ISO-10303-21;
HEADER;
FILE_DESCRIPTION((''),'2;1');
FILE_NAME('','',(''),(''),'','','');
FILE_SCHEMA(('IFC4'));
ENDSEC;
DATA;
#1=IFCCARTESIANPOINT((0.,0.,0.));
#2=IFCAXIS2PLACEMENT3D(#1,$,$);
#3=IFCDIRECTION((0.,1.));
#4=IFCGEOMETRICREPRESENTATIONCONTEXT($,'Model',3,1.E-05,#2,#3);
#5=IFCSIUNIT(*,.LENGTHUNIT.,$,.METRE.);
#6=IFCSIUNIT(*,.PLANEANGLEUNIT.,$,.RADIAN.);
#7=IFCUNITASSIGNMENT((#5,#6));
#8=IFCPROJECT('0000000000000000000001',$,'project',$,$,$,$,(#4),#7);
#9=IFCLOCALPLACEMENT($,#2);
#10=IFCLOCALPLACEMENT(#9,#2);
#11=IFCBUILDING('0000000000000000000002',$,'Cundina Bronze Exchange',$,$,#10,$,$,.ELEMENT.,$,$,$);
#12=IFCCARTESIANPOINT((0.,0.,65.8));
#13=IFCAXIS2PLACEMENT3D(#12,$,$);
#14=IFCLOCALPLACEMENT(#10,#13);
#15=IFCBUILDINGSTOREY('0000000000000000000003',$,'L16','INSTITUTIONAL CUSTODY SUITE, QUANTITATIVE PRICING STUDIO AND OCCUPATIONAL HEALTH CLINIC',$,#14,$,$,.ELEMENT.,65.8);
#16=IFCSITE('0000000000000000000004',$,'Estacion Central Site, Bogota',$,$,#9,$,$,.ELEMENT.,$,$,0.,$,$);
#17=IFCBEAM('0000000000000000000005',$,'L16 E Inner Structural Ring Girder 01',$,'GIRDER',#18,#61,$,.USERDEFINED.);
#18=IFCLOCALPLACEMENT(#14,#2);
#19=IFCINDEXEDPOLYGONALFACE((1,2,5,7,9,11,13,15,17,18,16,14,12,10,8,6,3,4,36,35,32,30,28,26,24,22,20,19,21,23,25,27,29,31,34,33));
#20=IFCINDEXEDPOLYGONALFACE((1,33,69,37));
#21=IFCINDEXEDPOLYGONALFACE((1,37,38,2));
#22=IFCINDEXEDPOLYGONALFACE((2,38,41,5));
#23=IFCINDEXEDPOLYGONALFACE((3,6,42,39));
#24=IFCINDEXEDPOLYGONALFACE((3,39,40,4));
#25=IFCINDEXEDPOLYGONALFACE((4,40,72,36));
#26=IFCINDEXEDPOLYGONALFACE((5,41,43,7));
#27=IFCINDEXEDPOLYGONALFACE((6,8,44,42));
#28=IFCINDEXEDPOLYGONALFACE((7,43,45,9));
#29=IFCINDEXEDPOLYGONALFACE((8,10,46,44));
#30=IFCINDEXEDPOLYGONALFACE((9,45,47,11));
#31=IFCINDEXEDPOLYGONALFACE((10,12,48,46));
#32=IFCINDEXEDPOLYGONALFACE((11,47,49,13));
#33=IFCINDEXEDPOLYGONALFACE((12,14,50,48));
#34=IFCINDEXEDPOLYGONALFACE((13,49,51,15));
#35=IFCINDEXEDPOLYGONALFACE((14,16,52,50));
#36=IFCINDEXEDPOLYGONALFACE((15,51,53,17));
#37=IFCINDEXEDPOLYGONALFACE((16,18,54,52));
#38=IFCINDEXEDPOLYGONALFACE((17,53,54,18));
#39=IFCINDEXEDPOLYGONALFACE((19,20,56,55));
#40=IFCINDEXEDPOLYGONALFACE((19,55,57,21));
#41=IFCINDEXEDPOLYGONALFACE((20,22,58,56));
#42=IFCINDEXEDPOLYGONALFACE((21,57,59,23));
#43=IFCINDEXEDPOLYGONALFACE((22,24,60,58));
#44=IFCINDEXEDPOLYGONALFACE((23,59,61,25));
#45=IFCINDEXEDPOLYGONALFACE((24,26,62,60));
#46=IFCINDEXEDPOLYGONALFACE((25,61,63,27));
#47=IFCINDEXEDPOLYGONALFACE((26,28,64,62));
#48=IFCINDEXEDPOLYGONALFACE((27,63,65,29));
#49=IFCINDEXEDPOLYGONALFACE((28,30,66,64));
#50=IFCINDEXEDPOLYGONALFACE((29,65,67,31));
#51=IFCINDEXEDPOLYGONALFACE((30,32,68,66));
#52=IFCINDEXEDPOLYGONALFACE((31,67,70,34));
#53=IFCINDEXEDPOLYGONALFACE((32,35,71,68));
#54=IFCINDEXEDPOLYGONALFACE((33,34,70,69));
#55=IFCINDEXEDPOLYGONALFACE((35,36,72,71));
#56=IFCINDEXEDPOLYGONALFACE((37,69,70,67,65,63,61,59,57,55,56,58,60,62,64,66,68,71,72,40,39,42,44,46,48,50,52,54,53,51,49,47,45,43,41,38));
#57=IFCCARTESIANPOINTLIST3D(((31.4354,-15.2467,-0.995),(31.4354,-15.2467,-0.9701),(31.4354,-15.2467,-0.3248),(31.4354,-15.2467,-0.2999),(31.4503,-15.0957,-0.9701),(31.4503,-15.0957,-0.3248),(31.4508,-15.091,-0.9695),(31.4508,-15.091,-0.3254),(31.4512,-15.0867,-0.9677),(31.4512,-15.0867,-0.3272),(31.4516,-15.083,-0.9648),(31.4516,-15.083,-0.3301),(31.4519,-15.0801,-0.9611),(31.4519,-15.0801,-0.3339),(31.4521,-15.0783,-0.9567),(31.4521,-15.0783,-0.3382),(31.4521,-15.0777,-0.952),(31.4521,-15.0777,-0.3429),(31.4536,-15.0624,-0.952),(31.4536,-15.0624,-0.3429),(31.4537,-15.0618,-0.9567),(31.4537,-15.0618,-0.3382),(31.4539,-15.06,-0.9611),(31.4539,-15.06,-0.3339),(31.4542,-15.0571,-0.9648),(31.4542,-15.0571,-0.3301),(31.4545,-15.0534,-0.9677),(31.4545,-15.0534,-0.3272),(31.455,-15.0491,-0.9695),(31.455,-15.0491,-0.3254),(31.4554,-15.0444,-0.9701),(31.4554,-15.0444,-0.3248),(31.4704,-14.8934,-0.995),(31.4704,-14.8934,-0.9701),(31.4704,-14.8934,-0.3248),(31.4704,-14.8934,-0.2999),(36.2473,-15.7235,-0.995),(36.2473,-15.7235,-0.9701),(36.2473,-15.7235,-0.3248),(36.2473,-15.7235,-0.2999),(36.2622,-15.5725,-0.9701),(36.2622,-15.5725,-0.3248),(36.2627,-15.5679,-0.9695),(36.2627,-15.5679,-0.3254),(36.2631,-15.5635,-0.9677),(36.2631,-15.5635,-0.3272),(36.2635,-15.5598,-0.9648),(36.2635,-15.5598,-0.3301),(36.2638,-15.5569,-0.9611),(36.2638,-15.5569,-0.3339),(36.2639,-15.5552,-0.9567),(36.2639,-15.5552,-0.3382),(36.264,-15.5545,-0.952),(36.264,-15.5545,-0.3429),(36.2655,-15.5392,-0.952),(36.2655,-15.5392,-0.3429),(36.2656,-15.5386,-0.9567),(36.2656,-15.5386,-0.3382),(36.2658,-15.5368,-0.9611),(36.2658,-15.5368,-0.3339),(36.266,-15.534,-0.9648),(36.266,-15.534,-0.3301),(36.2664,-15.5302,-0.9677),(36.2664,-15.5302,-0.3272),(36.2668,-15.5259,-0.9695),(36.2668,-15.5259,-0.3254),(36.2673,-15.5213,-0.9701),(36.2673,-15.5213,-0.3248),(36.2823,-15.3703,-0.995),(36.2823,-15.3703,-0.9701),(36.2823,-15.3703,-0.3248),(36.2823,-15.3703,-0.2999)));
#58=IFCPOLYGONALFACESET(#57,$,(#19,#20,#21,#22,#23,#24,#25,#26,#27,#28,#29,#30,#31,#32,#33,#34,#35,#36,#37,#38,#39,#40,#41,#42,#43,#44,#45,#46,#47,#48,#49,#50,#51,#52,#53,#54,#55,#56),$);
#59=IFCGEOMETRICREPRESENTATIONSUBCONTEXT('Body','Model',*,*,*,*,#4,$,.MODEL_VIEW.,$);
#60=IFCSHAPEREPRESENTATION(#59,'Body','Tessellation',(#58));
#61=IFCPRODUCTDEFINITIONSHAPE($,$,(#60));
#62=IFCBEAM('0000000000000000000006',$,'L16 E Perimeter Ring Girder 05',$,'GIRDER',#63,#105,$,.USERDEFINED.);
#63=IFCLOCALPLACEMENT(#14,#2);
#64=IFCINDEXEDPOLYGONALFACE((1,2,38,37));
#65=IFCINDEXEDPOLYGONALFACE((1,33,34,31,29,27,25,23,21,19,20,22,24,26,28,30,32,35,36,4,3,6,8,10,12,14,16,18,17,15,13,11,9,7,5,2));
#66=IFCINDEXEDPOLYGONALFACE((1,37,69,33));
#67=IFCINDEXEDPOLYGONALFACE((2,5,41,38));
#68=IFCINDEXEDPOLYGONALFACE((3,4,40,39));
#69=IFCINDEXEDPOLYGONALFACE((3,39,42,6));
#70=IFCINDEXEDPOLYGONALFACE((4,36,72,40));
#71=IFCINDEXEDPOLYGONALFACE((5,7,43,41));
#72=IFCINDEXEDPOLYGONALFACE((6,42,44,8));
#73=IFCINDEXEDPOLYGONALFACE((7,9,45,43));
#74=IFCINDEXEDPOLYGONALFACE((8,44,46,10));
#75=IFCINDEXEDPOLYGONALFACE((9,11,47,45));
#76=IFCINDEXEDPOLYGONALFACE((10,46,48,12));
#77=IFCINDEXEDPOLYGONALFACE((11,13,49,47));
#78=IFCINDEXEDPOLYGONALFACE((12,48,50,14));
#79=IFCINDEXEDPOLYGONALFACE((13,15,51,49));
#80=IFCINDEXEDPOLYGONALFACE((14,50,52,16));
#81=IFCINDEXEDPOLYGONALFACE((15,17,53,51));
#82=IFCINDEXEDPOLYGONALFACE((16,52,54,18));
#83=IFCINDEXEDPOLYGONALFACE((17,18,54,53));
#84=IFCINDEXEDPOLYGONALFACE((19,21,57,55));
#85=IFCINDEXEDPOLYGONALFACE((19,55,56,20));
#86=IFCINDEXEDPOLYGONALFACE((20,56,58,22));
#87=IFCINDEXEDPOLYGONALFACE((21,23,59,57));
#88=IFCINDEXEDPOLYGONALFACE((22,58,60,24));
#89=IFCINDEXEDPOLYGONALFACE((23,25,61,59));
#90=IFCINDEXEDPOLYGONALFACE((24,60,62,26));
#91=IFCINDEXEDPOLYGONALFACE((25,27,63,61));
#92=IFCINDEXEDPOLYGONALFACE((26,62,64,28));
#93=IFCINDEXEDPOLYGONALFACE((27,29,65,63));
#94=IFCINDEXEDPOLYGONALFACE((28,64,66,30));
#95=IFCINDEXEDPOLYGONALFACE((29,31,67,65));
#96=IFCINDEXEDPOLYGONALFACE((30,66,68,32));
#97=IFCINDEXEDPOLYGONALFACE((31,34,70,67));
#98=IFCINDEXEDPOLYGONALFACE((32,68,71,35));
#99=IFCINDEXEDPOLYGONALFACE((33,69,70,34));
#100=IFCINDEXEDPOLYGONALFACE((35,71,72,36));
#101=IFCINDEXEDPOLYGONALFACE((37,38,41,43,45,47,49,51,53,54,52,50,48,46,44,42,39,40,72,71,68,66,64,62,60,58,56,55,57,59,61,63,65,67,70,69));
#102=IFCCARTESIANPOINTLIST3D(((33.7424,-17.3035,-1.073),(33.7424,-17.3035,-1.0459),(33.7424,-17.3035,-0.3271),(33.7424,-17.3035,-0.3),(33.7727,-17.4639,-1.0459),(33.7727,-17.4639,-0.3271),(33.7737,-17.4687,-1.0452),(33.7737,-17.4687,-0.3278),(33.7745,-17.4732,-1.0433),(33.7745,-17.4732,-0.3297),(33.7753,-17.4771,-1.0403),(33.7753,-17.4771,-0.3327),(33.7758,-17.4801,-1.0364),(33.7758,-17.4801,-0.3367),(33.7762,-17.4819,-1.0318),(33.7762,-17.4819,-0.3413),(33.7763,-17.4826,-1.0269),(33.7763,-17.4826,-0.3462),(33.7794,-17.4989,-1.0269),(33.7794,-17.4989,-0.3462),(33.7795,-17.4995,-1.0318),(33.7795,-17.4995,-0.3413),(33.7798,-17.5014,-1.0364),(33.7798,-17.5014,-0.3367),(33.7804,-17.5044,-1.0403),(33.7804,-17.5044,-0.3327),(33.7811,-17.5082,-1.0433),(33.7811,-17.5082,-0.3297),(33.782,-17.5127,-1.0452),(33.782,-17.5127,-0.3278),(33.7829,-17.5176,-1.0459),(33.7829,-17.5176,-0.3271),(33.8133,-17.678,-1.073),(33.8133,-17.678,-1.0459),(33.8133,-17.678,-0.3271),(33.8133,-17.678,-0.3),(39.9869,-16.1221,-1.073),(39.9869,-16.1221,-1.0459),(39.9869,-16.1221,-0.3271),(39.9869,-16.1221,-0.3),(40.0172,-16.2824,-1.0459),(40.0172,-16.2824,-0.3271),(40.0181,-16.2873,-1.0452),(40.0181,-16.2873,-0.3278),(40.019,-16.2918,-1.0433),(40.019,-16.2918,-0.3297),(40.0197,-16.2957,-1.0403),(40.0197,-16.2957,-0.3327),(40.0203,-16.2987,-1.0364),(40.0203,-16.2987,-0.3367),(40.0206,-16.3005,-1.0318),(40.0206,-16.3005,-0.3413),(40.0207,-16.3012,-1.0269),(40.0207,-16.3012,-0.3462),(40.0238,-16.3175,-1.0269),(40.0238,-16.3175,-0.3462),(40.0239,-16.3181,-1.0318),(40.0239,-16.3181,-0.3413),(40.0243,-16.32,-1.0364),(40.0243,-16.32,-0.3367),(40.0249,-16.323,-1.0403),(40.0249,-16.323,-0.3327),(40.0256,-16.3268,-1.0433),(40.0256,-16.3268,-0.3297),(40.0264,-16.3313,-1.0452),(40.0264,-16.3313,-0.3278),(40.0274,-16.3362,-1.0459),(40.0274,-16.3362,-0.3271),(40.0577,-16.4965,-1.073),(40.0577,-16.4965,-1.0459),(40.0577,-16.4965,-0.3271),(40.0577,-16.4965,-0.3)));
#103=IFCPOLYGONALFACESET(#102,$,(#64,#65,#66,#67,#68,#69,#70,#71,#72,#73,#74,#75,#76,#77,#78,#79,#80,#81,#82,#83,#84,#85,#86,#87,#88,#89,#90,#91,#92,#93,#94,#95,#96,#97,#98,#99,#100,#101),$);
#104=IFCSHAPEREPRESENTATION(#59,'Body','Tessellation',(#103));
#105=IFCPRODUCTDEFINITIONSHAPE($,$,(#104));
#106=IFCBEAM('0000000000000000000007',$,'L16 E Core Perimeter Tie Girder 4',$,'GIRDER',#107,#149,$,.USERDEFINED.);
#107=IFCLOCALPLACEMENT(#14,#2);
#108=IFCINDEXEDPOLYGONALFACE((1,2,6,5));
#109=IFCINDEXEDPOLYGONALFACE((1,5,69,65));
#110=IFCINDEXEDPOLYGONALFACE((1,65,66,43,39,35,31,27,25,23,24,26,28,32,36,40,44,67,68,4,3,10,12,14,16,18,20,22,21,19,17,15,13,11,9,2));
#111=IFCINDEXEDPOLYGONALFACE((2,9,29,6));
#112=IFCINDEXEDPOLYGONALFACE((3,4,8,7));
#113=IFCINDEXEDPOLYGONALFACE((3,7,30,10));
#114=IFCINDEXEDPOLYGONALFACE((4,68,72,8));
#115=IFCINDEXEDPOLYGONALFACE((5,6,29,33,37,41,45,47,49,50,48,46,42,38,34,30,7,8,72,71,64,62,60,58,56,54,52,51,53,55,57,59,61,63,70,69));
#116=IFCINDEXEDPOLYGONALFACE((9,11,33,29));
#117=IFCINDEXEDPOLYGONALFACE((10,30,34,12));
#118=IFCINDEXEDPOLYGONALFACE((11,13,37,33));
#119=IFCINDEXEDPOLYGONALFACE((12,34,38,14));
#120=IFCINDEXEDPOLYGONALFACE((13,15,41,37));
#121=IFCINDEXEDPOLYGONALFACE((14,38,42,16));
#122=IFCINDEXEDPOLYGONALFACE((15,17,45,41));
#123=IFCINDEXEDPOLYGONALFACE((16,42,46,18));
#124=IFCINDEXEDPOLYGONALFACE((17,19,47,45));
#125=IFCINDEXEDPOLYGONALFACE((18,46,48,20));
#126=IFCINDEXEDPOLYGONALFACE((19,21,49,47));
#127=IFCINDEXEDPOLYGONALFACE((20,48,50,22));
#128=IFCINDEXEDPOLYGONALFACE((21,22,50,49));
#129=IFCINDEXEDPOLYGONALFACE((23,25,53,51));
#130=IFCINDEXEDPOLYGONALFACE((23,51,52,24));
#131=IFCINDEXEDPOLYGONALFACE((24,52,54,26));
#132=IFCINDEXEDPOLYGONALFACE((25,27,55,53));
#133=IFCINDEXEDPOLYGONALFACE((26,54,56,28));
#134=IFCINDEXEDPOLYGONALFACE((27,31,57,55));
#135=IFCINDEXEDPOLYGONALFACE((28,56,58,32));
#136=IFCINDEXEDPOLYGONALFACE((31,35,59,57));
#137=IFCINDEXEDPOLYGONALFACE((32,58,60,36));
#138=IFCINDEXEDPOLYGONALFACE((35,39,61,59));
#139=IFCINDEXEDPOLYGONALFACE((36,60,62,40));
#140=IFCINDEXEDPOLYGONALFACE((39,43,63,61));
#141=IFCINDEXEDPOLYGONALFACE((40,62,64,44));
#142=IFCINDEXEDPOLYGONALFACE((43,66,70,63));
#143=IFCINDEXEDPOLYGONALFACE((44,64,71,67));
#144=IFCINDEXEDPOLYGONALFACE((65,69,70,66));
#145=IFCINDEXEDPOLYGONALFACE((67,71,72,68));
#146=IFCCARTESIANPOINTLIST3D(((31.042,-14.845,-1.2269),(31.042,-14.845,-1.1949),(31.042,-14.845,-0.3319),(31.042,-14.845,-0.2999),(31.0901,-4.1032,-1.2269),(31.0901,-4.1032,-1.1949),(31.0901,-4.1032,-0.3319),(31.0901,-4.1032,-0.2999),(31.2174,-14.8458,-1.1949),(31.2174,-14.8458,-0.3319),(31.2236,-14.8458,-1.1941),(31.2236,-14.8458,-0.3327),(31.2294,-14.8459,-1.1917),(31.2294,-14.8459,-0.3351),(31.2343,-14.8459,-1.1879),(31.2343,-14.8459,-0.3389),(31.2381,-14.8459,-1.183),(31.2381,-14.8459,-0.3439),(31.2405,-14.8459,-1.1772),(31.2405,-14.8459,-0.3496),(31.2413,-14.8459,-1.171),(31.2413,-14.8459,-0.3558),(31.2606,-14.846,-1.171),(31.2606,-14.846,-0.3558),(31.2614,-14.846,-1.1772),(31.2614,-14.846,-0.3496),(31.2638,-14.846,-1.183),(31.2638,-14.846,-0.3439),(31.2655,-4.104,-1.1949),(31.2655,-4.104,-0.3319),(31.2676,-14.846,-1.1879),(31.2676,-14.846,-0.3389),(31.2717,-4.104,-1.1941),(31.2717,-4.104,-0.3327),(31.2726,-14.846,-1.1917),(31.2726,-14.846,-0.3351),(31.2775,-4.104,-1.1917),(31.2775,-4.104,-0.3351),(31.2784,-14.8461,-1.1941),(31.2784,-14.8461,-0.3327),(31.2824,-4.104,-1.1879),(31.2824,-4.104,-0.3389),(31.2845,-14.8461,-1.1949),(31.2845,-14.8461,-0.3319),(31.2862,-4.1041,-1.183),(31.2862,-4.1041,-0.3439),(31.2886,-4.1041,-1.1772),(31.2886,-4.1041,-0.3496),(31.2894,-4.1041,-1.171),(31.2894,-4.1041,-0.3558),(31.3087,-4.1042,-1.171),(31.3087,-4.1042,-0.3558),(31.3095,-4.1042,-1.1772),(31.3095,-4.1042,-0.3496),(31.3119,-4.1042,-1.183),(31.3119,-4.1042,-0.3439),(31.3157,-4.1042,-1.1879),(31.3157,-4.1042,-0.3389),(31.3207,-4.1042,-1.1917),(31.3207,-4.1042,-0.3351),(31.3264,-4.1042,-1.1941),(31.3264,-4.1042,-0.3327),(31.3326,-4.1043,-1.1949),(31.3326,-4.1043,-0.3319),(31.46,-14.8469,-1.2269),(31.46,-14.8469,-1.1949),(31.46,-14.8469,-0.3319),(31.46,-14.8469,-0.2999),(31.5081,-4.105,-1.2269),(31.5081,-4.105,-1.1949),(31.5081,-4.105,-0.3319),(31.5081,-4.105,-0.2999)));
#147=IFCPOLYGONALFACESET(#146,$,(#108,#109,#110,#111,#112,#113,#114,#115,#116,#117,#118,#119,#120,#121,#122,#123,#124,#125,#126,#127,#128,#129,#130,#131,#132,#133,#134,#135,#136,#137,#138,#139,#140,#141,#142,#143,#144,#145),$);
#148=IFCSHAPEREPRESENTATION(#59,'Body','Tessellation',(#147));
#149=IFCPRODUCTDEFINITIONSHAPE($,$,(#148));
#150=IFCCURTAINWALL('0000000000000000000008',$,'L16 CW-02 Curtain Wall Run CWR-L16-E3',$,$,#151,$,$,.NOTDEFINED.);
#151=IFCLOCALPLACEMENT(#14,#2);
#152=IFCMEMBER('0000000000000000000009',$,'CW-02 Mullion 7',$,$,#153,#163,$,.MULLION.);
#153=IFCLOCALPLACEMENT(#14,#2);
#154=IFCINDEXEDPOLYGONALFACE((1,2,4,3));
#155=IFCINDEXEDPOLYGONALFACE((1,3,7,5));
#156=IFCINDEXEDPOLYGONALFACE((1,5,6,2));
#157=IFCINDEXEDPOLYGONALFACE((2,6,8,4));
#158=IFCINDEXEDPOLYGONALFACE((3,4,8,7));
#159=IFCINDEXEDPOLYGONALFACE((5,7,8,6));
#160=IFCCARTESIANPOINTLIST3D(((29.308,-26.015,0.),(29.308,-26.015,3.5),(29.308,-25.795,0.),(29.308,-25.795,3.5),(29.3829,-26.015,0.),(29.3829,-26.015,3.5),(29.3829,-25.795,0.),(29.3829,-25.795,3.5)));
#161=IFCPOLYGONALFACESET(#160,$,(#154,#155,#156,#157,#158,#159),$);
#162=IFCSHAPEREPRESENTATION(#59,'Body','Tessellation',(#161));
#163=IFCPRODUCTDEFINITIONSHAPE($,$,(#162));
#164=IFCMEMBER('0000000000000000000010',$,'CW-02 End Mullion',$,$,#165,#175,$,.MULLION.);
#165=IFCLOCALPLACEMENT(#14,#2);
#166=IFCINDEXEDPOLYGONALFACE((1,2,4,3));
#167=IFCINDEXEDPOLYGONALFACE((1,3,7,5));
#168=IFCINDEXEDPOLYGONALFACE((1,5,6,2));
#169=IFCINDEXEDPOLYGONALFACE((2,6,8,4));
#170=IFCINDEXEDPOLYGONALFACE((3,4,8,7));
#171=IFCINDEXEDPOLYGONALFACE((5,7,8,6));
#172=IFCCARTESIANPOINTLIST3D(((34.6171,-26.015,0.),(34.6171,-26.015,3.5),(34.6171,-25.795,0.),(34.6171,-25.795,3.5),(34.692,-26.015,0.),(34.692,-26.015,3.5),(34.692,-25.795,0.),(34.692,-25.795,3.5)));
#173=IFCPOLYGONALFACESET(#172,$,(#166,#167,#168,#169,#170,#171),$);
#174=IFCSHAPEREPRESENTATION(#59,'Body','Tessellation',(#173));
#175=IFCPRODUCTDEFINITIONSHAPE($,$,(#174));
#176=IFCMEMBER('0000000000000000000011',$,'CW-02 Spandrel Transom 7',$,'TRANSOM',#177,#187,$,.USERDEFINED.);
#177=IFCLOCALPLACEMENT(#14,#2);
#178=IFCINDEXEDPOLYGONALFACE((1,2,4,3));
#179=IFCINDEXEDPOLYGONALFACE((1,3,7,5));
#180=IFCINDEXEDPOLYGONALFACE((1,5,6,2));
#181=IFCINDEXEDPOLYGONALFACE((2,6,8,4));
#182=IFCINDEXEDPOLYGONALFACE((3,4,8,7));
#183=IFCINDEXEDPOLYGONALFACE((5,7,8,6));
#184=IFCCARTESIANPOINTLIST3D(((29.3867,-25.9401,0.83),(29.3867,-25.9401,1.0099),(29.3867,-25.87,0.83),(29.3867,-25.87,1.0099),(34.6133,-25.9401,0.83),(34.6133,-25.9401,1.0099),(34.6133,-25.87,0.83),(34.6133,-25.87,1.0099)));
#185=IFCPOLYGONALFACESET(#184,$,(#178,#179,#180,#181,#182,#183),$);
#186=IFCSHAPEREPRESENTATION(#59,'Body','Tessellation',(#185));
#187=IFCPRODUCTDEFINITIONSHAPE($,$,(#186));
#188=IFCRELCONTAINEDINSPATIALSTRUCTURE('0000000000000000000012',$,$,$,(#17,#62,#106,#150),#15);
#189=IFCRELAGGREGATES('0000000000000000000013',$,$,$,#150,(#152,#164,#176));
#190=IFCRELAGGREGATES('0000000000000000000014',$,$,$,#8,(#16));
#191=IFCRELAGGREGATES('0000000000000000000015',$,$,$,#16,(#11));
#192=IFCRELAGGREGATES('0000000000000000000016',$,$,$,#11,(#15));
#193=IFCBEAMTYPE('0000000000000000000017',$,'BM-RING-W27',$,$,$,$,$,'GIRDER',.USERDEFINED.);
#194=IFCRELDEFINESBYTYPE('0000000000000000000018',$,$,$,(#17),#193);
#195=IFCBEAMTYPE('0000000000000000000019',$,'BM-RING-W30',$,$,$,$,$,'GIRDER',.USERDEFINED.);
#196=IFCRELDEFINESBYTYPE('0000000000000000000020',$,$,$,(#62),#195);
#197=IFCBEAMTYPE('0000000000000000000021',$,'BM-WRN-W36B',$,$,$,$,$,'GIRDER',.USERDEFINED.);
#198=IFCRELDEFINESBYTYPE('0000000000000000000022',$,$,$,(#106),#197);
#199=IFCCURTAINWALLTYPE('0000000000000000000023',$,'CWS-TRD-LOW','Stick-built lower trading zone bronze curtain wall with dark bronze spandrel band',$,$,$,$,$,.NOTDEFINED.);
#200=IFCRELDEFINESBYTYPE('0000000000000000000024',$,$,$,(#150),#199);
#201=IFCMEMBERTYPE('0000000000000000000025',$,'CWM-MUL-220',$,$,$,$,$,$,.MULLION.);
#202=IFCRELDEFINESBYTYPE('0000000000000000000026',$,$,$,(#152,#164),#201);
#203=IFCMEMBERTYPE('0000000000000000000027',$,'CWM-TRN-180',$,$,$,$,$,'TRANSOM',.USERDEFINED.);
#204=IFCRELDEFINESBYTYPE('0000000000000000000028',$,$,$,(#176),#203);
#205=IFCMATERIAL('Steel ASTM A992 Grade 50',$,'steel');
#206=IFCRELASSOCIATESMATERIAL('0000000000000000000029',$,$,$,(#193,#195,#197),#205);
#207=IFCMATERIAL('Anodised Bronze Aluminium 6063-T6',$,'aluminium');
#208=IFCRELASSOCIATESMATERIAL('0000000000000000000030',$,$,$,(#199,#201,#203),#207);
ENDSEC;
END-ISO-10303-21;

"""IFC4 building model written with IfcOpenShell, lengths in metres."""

from ifc_helpers import new_model, si_unit, direction, frame, origin, origin_2d, place, context, subcontext, project, spatial, rectangle, i_section, extrude, material, material_profile, profile_set, type_object, element, aggregate, save


model = new_model("IFC4")

# Units and contexts
model_context = context("Model", 3, precision=1e-05, world=origin(), true_north=direction((0.0, 1.0)))
body_context = subcontext(model_context, "Body", "Model", "MODEL_VIEW")
ifc_project = project(units=[si_unit("LENGTHUNIT", "METRE"), si_unit("PLANEANGLEUNIT", "RADIAN")], contexts=[model_context])

# Site, building, storey
site_placement = place(None, origin())
site = spatial("IfcSite", under=ifc_project, at=site_placement, Name="Estacion Central Site, Bogota", CompositionType="ELEMENT", RefElevation=0.0)
building_placement = place(site_placement, origin())
building = spatial("IfcBuilding", under=site, at=building_placement, Name="Cundina Bronze Exchange", CompositionType="ELEMENT")
storey_placement = place(building_placement, frame((0.0, 0.0, 65.8)))
storey = spatial("IfcBuildingStorey", under=building, at=storey_placement, Name="L16", Description="INSTITUTIONAL CUSTODY SUITE, QUANTITATIVE PRICING STUDIO AND OCCUPATIONAL HEALTH CLINIC", CompositionType="ELEMENT", Elevation=65.8)

# Shared definitions
ifc_material_1 = material(Name="Steel ASTM A992 Grade 50", Category="steel")

# Beams
ifc_material_profile_1 = material_profile(ifc_material_1, i_section(OverallWidth=0.355, OverallDepth=0.6951, WebThickness=0.0154, FlangeThickness=0.0249, FilletRadius=0.0181, at=origin_2d()), Name="W27X146", Category="steel")
ifc_profile_set_1 = profile_set([ifc_material_profile_1], Name="Steel ASTM A992 Grade 50")
beam_type_1 = type_object("IfcBeamType", Name="BM-RING-W27", ElementType="GIRDER", PredefinedType="USERDEFINED", material=ifc_profile_set_1)
beam_1_placement = place(storey_placement, frame((31.4529, -15.0701, -0.6475), z_axis=(0.995126, -0.098609, 0.0), x_axis=(0.098609, 0.995126, 0.0)))
element("IfcBeam", 1, at=beam_1_placement, inside=storey, type_object=beam_type_1, Name="L16 E Inner Structural Ring Girder 01", ObjectType="GIRDER", PredefinedType="USERDEFINED", context=body_context, shape_type="SweptSolid", body=[
    extrude(i_section(OverallWidth=0.355, OverallDepth=0.6951, WebThickness=0.0154, FlangeThickness=0.0249, FilletRadius=0.0181, at=origin_2d()), origin(), (0.0, 0.0, 1.0), 4.8354),
])
ifc_material_profile_2 = material_profile(ifc_material_1, i_section(OverallWidth=0.3811, OverallDepth=0.7729, WebThickness=0.0166, FlangeThickness=0.0271, FilletRadius=0.019, at=origin_2d()), Name="W30X173", Category="steel")
ifc_profile_set_2 = profile_set([ifc_material_profile_2], Name="Steel ASTM A992 Grade 50")
beam_type_2 = type_object("IfcBeamType", Name="BM-RING-W30", ElementType="GIRDER", PredefinedType="USERDEFINED", material=ifc_profile_set_2)
beam_2_placement = place(storey_placement, frame((33.7778, -17.4907, -0.6865), z_axis=(0.982569, 0.185896, 0.0), x_axis=(-0.185896, 0.982569, 0.0)))
element("IfcBeam", 2, at=beam_2_placement, inside=storey, type_object=beam_type_2, Name="L16 E Perimeter Ring Girder 05", ObjectType="GIRDER", PredefinedType="USERDEFINED", context=body_context, shape_type="SweptSolid", body=[
    extrude(i_section(OverallWidth=0.3811, OverallDepth=0.7729, WebThickness=0.0166, FlangeThickness=0.0271, FilletRadius=0.019, at=origin_2d()), origin(), (0.0, 0.0, 1.0), 6.3552),
])
ifc_material_profile_3 = material_profile(ifc_material_1, i_section(OverallWidth=0.418, OverallDepth=0.927, WebThickness=0.0193, FlangeThickness=0.032, FilletRadius=0.0239, at=origin_2d()), Name="W36X231", Category="steel")
ifc_profile_set_3 = profile_set([ifc_material_profile_3], Name="Steel ASTM A992 Grade 50")
beam_type_3 = type_object("IfcBeamType", Name="BM-WRN-W36B", ElementType="GIRDER", PredefinedType="USERDEFINED", material=ifc_profile_set_3)
beam_3_placement = place(storey_placement, frame((31.251, -14.8459, -0.7634), z_axis=(0.004477, 0.99999, 0.0), x_axis=(-0.99999, 0.004477, 0.0)))
element("IfcBeam", 3, at=beam_3_placement, inside=storey, type_object=beam_type_3, Name="L16 E Core Perimeter Tie Girder 4", ObjectType="GIRDER", PredefinedType="USERDEFINED", context=body_context, shape_type="SweptSolid", body=[
    extrude(i_section(OverallWidth=0.418, OverallDepth=0.927, WebThickness=0.0193, FlangeThickness=0.032, FilletRadius=0.0239, at=origin_2d()), origin(), (0.0, 0.0, 1.0), 10.7419),
])

# Curtain wall, members
ifc_material_2 = material(Name="Anodised Bronze Aluminium 6063-T6", Category="aluminium")
curtain_wall_type = type_object("IfcCurtainWallType", Name="CWS-TRD-LOW", Description="Stick-built lower trading zone bronze curtain wall with dark bronze spandrel band", PredefinedType="NOTDEFINED", material=ifc_material_2)
curtain_wall_placement = place(storey_placement, origin())
curtain_wall = element("IfcCurtainWall", 4, at=curtain_wall_placement, inside=storey, type_object=curtain_wall_type, Name="L16 CW-02 Curtain Wall Run CWR-L16-E3", PredefinedType="NOTDEFINED")
ifc_material_profile_4 = material_profile(ifc_material_2, rectangle(XDim=0.075, YDim=0.22, at=origin_2d()), Name="AL75X220", Category="aluminium")
ifc_profile_set_4 = profile_set([ifc_material_profile_4], Name="Anodised Bronze Aluminium 6063-T6")
member_type_1 = type_object("IfcMemberType", Name="CWM-MUL-220", PredefinedType="MULLION", material=ifc_profile_set_4)
member_1_placement = place(storey_placement, frame((29.3455, -25.905, 0.0), z_axis=(0.0, 0.0, 1.0), x_axis=(1.0, 0.0, 0.0)))
member_1 = element("IfcMember", 5, at=member_1_placement, type_object=member_type_1, Name="CW-02 Mullion 7", PredefinedType="MULLION", context=body_context, shape_type="SweptSolid", body=[
    extrude(rectangle(XDim=0.075, YDim=0.22, at=origin_2d()), origin(), (0.0, 0.0, 1.0), 3.5),
])
member_2_placement = place(storey_placement, frame((34.6545, -25.905, 0.0), z_axis=(0.0, 0.0, 1.0), x_axis=(1.0, 0.0, 0.0)))
member_2 = element("IfcMember", 6, at=member_2_placement, type_object=member_type_1, Name="CW-02 End Mullion", PredefinedType="MULLION", context=body_context, shape_type="SweptSolid", body=[
    extrude(rectangle(XDim=0.075, YDim=0.22, at=origin_2d()), origin(), (0.0, 0.0, 1.0), 3.5),
])
ifc_material_profile_5 = material_profile(ifc_material_2, rectangle(XDim=0.0701, YDim=0.1799, at=origin_2d()), Name="AL70X180", Category="aluminium")
ifc_profile_set_5 = profile_set([ifc_material_profile_5], Name="Anodised Bronze Aluminium 6063-T6")
member_type_2 = type_object("IfcMemberType", Name="CWM-TRN-180", ElementType="TRANSOM", PredefinedType="USERDEFINED", material=ifc_profile_set_5)
member_3_placement = place(storey_placement, frame((29.3867, -25.905, 0.9199), z_axis=(1.0, 0.0, 0.0), x_axis=(0.0, 1.0, 0.0)))
member_3 = element("IfcMember", 7, at=member_3_placement, type_object=member_type_2, Name="CW-02 Spandrel Transom 7", ObjectType="TRANSOM", PredefinedType="USERDEFINED", context=body_context, shape_type="SweptSolid", body=[
    extrude(rectangle(XDim=0.0701, YDim=0.1799, at=origin_2d()), origin(), (0.0, 0.0, 1.0), 5.2266),
])
aggregate(curtain_wall, [member_1, member_2, member_3])

save(model, "model.ifc")
